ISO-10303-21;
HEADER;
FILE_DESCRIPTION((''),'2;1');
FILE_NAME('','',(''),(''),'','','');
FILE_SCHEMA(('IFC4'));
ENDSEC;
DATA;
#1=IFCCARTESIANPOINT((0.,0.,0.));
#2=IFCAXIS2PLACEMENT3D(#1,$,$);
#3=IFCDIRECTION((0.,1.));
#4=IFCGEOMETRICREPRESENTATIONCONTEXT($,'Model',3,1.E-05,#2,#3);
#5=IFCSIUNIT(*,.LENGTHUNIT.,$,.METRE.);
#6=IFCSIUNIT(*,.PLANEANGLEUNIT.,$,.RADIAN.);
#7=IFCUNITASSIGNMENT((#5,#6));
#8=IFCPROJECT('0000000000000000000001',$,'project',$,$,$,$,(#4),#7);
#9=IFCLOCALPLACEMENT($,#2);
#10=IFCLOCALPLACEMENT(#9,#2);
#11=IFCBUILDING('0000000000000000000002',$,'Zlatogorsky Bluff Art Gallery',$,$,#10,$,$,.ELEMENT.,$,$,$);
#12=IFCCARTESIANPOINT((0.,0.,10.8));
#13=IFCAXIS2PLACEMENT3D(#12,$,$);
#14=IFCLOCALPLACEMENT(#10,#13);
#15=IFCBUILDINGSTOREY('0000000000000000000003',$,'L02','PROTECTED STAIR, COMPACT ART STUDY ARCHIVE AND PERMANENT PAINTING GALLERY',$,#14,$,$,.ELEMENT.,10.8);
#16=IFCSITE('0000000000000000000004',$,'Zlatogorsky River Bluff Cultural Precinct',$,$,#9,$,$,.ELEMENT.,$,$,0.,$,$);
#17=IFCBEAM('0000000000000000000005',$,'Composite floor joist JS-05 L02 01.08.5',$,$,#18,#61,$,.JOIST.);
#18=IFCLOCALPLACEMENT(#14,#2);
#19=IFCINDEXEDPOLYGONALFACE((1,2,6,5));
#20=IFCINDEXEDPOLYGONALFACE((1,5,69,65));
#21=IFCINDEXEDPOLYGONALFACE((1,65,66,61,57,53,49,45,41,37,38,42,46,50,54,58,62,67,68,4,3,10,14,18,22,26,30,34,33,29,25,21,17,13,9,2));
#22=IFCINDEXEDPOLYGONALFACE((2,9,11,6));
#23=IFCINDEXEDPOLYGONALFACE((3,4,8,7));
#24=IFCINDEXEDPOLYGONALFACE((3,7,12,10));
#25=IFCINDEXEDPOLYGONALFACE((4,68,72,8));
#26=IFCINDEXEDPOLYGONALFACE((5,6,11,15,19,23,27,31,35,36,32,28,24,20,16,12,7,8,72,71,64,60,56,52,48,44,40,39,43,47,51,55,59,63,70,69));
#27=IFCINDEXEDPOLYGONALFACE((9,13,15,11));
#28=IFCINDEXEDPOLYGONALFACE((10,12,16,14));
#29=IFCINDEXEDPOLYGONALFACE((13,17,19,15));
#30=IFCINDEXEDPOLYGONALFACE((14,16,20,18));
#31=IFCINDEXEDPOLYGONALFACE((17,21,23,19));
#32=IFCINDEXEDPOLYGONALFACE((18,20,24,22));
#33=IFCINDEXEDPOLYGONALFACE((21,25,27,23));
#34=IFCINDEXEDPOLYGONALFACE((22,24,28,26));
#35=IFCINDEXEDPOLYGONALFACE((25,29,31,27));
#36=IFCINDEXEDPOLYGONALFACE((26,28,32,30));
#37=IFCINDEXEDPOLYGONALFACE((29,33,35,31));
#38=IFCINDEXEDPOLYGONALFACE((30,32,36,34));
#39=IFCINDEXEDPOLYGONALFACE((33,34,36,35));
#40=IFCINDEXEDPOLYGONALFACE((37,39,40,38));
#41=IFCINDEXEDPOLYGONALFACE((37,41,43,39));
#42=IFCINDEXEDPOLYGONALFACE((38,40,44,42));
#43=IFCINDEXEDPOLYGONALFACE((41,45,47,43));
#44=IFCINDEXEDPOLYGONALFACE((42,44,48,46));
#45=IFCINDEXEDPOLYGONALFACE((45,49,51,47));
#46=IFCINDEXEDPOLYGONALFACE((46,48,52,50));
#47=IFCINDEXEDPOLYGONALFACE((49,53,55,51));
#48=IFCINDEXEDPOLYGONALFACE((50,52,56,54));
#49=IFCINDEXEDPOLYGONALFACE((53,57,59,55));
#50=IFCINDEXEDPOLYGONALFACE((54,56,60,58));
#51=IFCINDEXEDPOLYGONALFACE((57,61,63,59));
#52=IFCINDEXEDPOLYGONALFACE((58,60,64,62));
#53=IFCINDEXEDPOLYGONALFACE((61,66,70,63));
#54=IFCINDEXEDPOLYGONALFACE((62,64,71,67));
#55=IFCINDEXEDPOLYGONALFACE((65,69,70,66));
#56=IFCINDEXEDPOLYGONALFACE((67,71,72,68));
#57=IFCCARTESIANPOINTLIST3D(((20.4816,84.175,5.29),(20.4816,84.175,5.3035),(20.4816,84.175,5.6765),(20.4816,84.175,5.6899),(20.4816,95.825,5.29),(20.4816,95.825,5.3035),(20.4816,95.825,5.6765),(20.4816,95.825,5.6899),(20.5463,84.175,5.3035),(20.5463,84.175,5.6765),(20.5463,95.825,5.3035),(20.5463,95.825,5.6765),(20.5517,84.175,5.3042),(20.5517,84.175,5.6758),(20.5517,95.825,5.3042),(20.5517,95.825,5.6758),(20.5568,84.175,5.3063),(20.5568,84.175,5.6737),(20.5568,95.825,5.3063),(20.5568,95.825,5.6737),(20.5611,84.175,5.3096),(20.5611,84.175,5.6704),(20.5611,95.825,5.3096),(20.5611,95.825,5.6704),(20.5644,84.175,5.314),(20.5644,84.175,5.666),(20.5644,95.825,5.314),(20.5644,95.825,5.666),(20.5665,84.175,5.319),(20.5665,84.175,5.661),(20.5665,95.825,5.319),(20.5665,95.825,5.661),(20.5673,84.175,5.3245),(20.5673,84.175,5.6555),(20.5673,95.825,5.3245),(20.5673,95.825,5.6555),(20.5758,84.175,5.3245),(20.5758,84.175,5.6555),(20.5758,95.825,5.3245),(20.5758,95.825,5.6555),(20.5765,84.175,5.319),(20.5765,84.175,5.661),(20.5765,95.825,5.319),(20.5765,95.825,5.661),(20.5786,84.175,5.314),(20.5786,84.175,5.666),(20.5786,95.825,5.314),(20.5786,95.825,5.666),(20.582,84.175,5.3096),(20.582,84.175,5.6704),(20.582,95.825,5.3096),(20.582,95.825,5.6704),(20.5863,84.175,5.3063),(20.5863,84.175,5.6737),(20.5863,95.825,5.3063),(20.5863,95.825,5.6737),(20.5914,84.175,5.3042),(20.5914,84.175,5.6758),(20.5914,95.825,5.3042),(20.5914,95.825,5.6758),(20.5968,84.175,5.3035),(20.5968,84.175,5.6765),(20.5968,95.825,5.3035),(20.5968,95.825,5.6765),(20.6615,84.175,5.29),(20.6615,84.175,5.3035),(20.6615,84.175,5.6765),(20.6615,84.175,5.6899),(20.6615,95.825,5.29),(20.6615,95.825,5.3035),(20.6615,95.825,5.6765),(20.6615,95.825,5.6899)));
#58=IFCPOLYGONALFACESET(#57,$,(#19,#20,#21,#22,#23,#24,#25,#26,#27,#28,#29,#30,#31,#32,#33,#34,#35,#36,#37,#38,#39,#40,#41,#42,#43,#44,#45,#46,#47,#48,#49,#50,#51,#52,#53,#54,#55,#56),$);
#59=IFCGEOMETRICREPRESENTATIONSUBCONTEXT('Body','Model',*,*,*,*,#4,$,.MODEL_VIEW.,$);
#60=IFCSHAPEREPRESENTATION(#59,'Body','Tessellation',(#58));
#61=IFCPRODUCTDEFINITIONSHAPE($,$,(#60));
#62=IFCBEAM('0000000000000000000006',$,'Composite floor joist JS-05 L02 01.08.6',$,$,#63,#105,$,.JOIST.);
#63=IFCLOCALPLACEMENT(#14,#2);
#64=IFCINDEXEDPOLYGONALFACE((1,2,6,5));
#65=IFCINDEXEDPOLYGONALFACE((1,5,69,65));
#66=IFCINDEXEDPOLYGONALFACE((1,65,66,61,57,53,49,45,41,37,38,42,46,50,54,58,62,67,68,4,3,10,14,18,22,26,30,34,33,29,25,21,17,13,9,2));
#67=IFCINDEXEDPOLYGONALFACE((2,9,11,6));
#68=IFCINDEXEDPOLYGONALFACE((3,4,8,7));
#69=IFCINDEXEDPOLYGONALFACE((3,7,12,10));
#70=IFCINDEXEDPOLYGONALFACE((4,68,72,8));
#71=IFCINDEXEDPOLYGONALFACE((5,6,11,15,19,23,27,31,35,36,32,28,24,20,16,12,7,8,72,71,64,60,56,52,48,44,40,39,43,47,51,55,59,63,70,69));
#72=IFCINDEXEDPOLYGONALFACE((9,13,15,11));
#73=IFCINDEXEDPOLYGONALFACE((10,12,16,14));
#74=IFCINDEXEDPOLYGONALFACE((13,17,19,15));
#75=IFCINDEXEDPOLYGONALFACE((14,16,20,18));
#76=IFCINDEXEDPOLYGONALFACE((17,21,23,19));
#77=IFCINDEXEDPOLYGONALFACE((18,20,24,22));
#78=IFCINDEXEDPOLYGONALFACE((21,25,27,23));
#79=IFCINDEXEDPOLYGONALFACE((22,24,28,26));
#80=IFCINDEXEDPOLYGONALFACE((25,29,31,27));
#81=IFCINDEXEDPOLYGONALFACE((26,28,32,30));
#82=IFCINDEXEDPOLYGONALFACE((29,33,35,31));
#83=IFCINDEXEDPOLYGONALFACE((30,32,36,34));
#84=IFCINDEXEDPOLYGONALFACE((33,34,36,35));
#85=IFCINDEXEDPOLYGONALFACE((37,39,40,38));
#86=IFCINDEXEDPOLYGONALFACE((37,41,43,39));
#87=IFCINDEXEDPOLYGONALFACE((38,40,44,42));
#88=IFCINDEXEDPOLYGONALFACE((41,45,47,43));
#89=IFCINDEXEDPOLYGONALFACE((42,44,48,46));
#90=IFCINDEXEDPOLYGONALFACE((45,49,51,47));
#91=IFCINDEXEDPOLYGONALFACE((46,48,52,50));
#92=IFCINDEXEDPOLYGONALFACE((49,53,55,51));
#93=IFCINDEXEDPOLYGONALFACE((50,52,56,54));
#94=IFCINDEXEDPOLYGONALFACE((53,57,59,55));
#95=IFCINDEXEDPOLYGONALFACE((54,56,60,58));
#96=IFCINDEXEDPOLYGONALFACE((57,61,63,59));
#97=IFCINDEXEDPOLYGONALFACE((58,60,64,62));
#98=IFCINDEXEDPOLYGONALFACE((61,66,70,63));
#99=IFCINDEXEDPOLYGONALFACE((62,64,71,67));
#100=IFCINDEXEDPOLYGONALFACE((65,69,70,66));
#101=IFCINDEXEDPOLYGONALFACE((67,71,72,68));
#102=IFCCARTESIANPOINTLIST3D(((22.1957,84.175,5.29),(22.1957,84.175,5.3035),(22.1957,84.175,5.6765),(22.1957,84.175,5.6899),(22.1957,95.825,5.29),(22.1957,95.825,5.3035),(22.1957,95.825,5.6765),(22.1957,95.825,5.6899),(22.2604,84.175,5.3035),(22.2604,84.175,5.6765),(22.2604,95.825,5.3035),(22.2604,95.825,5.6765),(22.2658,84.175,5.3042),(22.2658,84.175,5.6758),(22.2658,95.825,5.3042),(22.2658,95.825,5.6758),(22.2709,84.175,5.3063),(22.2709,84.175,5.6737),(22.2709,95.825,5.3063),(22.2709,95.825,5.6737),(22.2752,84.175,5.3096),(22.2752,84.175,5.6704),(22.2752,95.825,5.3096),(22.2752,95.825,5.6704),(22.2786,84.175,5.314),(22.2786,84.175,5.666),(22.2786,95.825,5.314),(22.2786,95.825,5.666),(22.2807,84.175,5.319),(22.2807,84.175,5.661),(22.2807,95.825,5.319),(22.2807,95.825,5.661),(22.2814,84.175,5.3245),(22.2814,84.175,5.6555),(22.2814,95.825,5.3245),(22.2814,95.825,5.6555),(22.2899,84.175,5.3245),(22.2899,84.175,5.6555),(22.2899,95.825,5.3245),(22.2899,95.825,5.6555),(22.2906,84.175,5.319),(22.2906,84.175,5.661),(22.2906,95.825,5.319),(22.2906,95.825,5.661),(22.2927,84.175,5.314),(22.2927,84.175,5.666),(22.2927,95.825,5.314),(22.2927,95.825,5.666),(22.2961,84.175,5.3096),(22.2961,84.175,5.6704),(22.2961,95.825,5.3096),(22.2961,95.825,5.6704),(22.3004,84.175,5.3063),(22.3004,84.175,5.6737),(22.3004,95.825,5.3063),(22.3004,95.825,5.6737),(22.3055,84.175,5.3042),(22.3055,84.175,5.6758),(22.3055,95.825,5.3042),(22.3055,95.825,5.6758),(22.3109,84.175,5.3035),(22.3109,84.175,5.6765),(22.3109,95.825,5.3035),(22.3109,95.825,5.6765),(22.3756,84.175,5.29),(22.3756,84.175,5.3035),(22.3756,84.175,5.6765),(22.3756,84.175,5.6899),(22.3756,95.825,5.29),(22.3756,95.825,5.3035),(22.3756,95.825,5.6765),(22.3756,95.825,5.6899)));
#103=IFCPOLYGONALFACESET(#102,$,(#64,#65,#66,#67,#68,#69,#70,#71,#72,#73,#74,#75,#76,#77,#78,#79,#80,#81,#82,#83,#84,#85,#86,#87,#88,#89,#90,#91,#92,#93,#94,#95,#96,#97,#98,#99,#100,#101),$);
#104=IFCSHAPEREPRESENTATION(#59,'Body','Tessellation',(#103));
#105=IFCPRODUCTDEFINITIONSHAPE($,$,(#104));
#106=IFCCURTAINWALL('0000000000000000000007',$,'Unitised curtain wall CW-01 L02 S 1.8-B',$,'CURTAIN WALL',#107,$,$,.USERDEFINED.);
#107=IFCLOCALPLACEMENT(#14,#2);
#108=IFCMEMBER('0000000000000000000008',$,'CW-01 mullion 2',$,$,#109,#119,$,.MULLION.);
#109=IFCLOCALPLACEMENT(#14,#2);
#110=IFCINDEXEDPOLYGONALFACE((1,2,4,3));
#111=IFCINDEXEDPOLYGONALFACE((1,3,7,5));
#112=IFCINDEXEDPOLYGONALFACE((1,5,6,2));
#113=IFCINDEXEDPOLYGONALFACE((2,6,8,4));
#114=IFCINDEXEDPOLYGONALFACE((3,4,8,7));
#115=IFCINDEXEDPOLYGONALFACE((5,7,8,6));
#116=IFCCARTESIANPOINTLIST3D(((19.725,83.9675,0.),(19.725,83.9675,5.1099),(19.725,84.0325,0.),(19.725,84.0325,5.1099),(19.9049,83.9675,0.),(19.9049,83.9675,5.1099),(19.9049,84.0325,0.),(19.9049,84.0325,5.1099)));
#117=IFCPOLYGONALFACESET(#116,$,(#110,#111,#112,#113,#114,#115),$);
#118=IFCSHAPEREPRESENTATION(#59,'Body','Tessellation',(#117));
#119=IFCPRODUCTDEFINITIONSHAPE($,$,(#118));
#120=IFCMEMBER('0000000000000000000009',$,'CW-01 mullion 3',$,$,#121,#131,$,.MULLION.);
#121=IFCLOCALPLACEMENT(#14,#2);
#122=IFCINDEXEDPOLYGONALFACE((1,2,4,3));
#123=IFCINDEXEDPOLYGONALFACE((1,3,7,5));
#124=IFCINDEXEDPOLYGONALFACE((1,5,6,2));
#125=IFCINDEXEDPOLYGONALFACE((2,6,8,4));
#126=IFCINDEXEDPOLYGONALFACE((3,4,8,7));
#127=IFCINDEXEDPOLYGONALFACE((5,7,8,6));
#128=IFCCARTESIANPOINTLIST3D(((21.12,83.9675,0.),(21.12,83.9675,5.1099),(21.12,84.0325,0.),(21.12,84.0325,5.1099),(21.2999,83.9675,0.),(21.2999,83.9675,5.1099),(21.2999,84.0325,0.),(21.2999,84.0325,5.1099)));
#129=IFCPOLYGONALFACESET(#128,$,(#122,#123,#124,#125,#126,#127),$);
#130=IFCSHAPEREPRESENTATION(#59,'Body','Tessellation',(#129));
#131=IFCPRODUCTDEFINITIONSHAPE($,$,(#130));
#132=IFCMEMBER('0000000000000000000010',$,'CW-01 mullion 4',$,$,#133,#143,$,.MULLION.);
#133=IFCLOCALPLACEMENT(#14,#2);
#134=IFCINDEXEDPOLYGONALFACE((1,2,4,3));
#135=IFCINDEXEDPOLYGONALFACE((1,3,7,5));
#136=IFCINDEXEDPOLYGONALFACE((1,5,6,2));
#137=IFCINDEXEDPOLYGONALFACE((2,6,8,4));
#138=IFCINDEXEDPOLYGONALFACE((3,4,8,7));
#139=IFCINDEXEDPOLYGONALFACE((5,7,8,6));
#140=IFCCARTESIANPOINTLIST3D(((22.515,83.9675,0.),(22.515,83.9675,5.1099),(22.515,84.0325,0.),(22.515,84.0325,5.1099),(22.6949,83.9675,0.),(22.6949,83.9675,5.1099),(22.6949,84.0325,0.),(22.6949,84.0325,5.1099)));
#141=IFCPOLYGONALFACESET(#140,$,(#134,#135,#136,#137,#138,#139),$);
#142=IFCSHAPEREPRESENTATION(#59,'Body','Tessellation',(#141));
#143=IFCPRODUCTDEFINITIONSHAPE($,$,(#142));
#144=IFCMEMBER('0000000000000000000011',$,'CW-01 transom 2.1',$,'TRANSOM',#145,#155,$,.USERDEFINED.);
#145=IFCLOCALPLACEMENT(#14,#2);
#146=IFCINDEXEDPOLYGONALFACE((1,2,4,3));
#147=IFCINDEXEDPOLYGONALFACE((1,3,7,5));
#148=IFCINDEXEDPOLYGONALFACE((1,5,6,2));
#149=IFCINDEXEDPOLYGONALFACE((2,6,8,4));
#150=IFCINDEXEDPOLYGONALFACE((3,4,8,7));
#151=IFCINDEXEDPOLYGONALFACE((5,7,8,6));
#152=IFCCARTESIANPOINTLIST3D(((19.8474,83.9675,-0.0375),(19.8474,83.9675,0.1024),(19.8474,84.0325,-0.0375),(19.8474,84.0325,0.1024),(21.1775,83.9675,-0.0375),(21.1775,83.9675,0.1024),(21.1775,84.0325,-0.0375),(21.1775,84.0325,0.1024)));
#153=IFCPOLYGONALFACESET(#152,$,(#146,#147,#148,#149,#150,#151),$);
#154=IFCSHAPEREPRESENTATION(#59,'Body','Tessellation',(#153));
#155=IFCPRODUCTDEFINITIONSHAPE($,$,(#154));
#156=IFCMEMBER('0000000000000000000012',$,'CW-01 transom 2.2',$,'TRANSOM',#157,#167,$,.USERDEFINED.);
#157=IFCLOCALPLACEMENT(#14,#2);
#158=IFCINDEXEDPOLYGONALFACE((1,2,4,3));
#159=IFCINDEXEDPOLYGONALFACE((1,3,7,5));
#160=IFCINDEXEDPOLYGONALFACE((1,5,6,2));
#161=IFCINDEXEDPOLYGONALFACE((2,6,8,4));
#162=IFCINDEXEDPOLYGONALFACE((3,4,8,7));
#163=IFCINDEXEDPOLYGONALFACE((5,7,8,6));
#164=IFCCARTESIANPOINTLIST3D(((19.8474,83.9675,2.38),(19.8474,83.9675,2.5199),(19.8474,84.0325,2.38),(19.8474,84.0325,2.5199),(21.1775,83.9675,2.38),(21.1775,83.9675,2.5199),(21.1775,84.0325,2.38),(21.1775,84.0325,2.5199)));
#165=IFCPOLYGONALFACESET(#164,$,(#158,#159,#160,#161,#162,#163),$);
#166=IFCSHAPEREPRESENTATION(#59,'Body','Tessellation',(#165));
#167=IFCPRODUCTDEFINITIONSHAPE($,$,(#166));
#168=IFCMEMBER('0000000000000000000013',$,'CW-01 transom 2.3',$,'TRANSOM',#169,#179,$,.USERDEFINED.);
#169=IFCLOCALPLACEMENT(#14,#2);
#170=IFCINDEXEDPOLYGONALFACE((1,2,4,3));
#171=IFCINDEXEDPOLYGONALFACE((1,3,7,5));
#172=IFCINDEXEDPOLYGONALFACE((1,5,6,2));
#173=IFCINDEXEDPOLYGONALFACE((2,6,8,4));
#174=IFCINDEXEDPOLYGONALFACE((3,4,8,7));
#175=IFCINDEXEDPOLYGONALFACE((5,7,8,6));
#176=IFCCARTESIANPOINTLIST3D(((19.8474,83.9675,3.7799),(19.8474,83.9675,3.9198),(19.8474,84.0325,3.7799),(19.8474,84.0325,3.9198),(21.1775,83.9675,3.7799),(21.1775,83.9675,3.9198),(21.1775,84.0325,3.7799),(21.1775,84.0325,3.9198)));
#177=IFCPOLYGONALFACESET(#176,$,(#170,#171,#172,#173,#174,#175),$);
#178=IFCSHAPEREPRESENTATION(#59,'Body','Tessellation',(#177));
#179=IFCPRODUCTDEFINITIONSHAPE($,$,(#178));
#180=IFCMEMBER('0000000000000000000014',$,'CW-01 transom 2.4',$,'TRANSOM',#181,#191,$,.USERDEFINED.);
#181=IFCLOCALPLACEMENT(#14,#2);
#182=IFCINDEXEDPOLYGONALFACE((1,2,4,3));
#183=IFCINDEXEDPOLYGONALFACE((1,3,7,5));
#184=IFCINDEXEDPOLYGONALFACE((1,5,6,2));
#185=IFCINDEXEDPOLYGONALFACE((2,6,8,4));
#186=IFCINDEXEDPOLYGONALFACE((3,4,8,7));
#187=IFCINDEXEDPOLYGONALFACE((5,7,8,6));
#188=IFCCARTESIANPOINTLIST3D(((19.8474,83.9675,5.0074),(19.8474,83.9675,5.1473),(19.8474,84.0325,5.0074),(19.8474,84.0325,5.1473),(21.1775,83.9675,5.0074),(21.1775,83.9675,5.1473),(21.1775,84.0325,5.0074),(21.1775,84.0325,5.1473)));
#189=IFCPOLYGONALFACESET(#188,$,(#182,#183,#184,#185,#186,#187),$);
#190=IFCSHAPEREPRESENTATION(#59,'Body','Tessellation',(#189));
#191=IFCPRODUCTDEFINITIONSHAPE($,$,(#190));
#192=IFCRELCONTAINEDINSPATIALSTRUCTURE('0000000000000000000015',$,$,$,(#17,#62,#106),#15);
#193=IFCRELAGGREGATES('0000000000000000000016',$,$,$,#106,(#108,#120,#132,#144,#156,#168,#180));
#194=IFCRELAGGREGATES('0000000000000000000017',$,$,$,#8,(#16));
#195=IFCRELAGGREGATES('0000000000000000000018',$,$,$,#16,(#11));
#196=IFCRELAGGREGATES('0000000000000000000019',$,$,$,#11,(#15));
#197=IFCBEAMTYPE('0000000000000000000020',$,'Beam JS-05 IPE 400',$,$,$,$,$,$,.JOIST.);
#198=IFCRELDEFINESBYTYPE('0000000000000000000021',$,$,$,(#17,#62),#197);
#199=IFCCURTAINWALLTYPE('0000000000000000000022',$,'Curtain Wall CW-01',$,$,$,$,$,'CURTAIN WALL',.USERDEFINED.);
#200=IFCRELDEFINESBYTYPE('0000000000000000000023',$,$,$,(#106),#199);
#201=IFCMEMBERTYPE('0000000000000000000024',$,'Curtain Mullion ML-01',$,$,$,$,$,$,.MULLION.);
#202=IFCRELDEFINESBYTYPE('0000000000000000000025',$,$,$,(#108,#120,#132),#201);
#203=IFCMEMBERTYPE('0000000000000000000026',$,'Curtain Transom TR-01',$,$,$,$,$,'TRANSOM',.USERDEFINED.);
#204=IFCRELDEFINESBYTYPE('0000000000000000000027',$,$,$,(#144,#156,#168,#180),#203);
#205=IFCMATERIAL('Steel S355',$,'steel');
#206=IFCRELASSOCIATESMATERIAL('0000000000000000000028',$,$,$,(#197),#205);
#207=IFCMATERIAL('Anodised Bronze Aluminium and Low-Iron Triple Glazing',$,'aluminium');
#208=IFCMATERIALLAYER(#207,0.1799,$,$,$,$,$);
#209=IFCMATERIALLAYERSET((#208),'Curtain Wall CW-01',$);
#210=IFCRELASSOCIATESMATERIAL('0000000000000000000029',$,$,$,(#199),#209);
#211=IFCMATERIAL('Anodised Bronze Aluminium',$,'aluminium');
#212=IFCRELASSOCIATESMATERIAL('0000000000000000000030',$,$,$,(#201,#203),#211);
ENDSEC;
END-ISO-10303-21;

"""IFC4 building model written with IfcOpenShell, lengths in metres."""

from ifc_helpers import new_model, si_unit, direction, frame, origin, origin_2d, place, context, subcontext, project, spatial, rectangle, i_section, extrude, material, layer, layer_set, material_profile, profile_set, type_object, element, aggregate, save


model = new_model("IFC4")

# Units and contexts
model_context = context("Model", 3, precision=1e-05, world=origin(), true_north=direction((0.0, 1.0)))
body_context = subcontext(model_context, "Body", "Model", "MODEL_VIEW")
ifc_project = project(units=[si_unit("LENGTHUNIT", "METRE"), si_unit("PLANEANGLEUNIT", "RADIAN")], contexts=[model_context])

# Site, building, storey
site_placement = place(None, origin())
site = spatial("IfcSite", under=ifc_project, at=site_placement, Name="Zlatogorsky River Bluff Cultural Precinct", CompositionType="ELEMENT", RefElevation=0.0)
building_placement = place(site_placement, origin())
building = spatial("IfcBuilding", under=site, at=building_placement, Name="Zlatogorsky Bluff Art Gallery", CompositionType="ELEMENT")
storey_placement = place(building_placement, frame((0.0, 0.0, 10.8)))
storey = spatial("IfcBuildingStorey", under=building, at=storey_placement, Name="L02", Description="PROTECTED STAIR, COMPACT ART STUDY ARCHIVE AND PERMANENT PAINTING GALLERY", CompositionType="ELEMENT", Elevation=10.8)

# Beams
ifc_material_1 = material(Name="Steel S355", Category="steel")
ifc_material_profile_1 = material_profile(ifc_material_1, i_section(OverallWidth=0.1799, OverallDepth=0.3999, WebThickness=0.0085, FlangeThickness=0.0134, FilletRadius=0.021, at=origin_2d()), Name="IPE 400")
ifc_profile_set_1 = profile_set([ifc_material_profile_1], Name="Steel S355")
beam_type = type_object("IfcBeamType", Name="Beam JS-05 IPE 400", PredefinedType="JOIST", material=ifc_profile_set_1)
for number, where, z_axis, x_axis, name in (
    (1, (20.5715, 84.175, 5.49), (0.0, 1.0, 0.0), (-1.0, 0.0, 0.0), "Composite floor joist JS-05 L02 01.08.5"),
    (2, (22.2856, 84.175, 5.49), (0.0, 1.0, 0.0), (-1.0, 0.0, 0.0), "Composite floor joist JS-05 L02 01.08.6"),
):
    element("IfcBeam", number, at=place(storey_placement, frame(where, z_axis=z_axis, x_axis=x_axis)), inside=storey, type_object=beam_type, Name=name, PredefinedType="JOIST", context=body_context, shape_type="SweptSolid", body=[
        extrude(i_section(OverallWidth=0.1799, OverallDepth=0.3999, WebThickness=0.0085, FlangeThickness=0.0134, FilletRadius=0.021, at=origin_2d()), origin(), (0.0, 0.0, 1.0), 11.6499),
    ])

# Curtain wall, members
ifc_material_2 = material(Name="Anodised Bronze Aluminium and Low-Iron Triple Glazing", Category="aluminium")
ifc_layer_1 = layer(ifc_material_2, 0.1799)
ifc_layer_set_1 = layer_set([ifc_layer_1], Name="Curtain Wall CW-01")
curtain_wall_type = type_object("IfcCurtainWallType", Name="Curtain Wall CW-01", ElementType="CURTAIN WALL", PredefinedType="USERDEFINED", material=ifc_layer_set_1)
curtain_wall_placement = place(storey_placement, origin())
curtain_wall = element("IfcCurtainWall", 3, at=curtain_wall_placement, inside=storey, type_object=curtain_wall_type, Name="Unitised curtain wall CW-01 L02 S 1.8-B", ObjectType="CURTAIN WALL", PredefinedType="USERDEFINED")
ifc_material_3 = material(Name="Anodised Bronze Aluminium", Category="aluminium")
ifc_material_profile_2 = material_profile(ifc_material_3, rectangle(XDim=0.0649, YDim=0.1799, at=origin_2d()), Name="ALU MULLION 65x180")
ifc_profile_set_2 = profile_set([ifc_material_profile_2], Name="Anodised Bronze Aluminium")
member_type_1 = type_object("IfcMemberType", Name="Curtain Mullion ML-01", PredefinedType="MULLION", material=ifc_profile_set_2)
member_1_placement = place(storey_placement, frame((19.8149, 84.0, 0.0), z_axis=(0.0, 0.0, 1.0), x_axis=(0.0, 1.0, 0.0)))
member_1 = element("IfcMember", 4, at=member_1_placement, type_object=member_type_1, Name="CW-01 mullion 2", PredefinedType="MULLION", context=body_context, shape_type="SweptSolid", body=[
    extrude(rectangle(XDim=0.0649, YDim=0.1799, at=origin_2d()), origin(), (0.0, 0.0, 1.0), 5.1099),
])
member_2_placement = place(storey_placement, frame((21.21, 84.0, 0.0), z_axis=(0.0, 0.0, 1.0), x_axis=(0.0, 1.0, 0.0)))
member_2 = element("IfcMember", 5, at=member_2_placement, type_object=member_type_1, Name="CW-01 mullion 3", PredefinedType="MULLION", context=body_context, shape_type="SweptSolid", body=[
    extrude(rectangle(XDim=0.0649, YDim=0.1799, at=origin_2d()), origin(), (0.0, 0.0, 1.0), 5.1099),
])
member_3_placement = place(storey_placement, frame((22.605, 84.0, 0.0), z_axis=(0.0, 0.0, 1.0), x_axis=(0.0, 1.0, 0.0)))
member_3 = element("IfcMember", 6, at=member_3_placement, type_object=member_type_1, Name="CW-01 mullion 4", PredefinedType="MULLION", context=body_context, shape_type="SweptSolid", body=[
    extrude(rectangle(XDim=0.0649, YDim=0.1799, at=origin_2d()), origin(), (0.0, 0.0, 1.0), 5.1099),
])
ifc_material_profile_3 = material_profile(ifc_material_3, rectangle(XDim=0.0649, YDim=0.1399, at=origin_2d()), Name="ALU TRANSOM 65x140")
ifc_profile_set_3 = profile_set([ifc_material_profile_3], Name="Anodised Bronze Aluminium")
member_type_2 = type_object("IfcMemberType", Name="Curtain Transom TR-01", ElementType="TRANSOM", PredefinedType="USERDEFINED", material=ifc_profile_set_3)
member_4_placement = place(storey_placement, frame((19.8474, 84.0, 0.0325), z_axis=(1.0, 0.0, 0.0), x_axis=(0.0, 1.0, 0.0)))
member_4 = element("IfcMember", 7, at=member_4_placement, type_object=member_type_2, Name="CW-01 transom 2.1", ObjectType="TRANSOM", PredefinedType="USERDEFINED", context=body_context, shape_type="SweptSolid", body=[
    extrude(rectangle(XDim=0.0649, YDim=0.1399, at=origin_2d()), origin(), (0.0, 0.0, 1.0), 1.3301),
])
member_5_placement = place(storey_placement, frame((19.8474, 84.0, 2.45), z_axis=(1.0, 0.0, 0.0), x_axis=(0.0, 1.0, 0.0)))
member_5 = element("IfcMember", 8, at=member_5_placement, type_object=member_type_2, Name="CW-01 transom 2.2", ObjectType="TRANSOM", PredefinedType="USERDEFINED", context=body_context, shape_type="SweptSolid", body=[
    extrude(rectangle(XDim=0.0649, YDim=0.1399, at=origin_2d()), origin(), (0.0, 0.0, 1.0), 1.3301),
])
member_6_placement = place(storey_placement, frame((19.8474, 84.0, 3.8499), z_axis=(1.0, 0.0, 0.0), x_axis=(0.0, 1.0, 0.0)))
member_6 = element("IfcMember", 9, at=member_6_placement, type_object=member_type_2, Name="CW-01 transom 2.3", ObjectType="TRANSOM", PredefinedType="USERDEFINED", context=body_context, shape_type="SweptSolid", body=[
    extrude(rectangle(XDim=0.0649, YDim=0.1399, at=origin_2d()), origin(), (0.0, 0.0, 1.0), 1.3301),
])
member_7_placement = place(storey_placement, frame((19.8474, 84.0, 5.0774), z_axis=(1.0, 0.0, 0.0), x_axis=(0.0, 1.0, 0.0)))
member_7 = element("IfcMember", 10, at=member_7_placement, type_object=member_type_2, Name="CW-01 transom 2.4", ObjectType="TRANSOM", PredefinedType="USERDEFINED", context=body_context, shape_type="SweptSolid", body=[
    extrude(rectangle(XDim=0.0649, YDim=0.1399, at=origin_2d()), origin(), (0.0, 0.0, 1.0), 1.3301),
])
aggregate(curtain_wall, [member_1, member_2, member_3, member_4, member_5, member_6, member_7])

save(model, "model.ifc")
